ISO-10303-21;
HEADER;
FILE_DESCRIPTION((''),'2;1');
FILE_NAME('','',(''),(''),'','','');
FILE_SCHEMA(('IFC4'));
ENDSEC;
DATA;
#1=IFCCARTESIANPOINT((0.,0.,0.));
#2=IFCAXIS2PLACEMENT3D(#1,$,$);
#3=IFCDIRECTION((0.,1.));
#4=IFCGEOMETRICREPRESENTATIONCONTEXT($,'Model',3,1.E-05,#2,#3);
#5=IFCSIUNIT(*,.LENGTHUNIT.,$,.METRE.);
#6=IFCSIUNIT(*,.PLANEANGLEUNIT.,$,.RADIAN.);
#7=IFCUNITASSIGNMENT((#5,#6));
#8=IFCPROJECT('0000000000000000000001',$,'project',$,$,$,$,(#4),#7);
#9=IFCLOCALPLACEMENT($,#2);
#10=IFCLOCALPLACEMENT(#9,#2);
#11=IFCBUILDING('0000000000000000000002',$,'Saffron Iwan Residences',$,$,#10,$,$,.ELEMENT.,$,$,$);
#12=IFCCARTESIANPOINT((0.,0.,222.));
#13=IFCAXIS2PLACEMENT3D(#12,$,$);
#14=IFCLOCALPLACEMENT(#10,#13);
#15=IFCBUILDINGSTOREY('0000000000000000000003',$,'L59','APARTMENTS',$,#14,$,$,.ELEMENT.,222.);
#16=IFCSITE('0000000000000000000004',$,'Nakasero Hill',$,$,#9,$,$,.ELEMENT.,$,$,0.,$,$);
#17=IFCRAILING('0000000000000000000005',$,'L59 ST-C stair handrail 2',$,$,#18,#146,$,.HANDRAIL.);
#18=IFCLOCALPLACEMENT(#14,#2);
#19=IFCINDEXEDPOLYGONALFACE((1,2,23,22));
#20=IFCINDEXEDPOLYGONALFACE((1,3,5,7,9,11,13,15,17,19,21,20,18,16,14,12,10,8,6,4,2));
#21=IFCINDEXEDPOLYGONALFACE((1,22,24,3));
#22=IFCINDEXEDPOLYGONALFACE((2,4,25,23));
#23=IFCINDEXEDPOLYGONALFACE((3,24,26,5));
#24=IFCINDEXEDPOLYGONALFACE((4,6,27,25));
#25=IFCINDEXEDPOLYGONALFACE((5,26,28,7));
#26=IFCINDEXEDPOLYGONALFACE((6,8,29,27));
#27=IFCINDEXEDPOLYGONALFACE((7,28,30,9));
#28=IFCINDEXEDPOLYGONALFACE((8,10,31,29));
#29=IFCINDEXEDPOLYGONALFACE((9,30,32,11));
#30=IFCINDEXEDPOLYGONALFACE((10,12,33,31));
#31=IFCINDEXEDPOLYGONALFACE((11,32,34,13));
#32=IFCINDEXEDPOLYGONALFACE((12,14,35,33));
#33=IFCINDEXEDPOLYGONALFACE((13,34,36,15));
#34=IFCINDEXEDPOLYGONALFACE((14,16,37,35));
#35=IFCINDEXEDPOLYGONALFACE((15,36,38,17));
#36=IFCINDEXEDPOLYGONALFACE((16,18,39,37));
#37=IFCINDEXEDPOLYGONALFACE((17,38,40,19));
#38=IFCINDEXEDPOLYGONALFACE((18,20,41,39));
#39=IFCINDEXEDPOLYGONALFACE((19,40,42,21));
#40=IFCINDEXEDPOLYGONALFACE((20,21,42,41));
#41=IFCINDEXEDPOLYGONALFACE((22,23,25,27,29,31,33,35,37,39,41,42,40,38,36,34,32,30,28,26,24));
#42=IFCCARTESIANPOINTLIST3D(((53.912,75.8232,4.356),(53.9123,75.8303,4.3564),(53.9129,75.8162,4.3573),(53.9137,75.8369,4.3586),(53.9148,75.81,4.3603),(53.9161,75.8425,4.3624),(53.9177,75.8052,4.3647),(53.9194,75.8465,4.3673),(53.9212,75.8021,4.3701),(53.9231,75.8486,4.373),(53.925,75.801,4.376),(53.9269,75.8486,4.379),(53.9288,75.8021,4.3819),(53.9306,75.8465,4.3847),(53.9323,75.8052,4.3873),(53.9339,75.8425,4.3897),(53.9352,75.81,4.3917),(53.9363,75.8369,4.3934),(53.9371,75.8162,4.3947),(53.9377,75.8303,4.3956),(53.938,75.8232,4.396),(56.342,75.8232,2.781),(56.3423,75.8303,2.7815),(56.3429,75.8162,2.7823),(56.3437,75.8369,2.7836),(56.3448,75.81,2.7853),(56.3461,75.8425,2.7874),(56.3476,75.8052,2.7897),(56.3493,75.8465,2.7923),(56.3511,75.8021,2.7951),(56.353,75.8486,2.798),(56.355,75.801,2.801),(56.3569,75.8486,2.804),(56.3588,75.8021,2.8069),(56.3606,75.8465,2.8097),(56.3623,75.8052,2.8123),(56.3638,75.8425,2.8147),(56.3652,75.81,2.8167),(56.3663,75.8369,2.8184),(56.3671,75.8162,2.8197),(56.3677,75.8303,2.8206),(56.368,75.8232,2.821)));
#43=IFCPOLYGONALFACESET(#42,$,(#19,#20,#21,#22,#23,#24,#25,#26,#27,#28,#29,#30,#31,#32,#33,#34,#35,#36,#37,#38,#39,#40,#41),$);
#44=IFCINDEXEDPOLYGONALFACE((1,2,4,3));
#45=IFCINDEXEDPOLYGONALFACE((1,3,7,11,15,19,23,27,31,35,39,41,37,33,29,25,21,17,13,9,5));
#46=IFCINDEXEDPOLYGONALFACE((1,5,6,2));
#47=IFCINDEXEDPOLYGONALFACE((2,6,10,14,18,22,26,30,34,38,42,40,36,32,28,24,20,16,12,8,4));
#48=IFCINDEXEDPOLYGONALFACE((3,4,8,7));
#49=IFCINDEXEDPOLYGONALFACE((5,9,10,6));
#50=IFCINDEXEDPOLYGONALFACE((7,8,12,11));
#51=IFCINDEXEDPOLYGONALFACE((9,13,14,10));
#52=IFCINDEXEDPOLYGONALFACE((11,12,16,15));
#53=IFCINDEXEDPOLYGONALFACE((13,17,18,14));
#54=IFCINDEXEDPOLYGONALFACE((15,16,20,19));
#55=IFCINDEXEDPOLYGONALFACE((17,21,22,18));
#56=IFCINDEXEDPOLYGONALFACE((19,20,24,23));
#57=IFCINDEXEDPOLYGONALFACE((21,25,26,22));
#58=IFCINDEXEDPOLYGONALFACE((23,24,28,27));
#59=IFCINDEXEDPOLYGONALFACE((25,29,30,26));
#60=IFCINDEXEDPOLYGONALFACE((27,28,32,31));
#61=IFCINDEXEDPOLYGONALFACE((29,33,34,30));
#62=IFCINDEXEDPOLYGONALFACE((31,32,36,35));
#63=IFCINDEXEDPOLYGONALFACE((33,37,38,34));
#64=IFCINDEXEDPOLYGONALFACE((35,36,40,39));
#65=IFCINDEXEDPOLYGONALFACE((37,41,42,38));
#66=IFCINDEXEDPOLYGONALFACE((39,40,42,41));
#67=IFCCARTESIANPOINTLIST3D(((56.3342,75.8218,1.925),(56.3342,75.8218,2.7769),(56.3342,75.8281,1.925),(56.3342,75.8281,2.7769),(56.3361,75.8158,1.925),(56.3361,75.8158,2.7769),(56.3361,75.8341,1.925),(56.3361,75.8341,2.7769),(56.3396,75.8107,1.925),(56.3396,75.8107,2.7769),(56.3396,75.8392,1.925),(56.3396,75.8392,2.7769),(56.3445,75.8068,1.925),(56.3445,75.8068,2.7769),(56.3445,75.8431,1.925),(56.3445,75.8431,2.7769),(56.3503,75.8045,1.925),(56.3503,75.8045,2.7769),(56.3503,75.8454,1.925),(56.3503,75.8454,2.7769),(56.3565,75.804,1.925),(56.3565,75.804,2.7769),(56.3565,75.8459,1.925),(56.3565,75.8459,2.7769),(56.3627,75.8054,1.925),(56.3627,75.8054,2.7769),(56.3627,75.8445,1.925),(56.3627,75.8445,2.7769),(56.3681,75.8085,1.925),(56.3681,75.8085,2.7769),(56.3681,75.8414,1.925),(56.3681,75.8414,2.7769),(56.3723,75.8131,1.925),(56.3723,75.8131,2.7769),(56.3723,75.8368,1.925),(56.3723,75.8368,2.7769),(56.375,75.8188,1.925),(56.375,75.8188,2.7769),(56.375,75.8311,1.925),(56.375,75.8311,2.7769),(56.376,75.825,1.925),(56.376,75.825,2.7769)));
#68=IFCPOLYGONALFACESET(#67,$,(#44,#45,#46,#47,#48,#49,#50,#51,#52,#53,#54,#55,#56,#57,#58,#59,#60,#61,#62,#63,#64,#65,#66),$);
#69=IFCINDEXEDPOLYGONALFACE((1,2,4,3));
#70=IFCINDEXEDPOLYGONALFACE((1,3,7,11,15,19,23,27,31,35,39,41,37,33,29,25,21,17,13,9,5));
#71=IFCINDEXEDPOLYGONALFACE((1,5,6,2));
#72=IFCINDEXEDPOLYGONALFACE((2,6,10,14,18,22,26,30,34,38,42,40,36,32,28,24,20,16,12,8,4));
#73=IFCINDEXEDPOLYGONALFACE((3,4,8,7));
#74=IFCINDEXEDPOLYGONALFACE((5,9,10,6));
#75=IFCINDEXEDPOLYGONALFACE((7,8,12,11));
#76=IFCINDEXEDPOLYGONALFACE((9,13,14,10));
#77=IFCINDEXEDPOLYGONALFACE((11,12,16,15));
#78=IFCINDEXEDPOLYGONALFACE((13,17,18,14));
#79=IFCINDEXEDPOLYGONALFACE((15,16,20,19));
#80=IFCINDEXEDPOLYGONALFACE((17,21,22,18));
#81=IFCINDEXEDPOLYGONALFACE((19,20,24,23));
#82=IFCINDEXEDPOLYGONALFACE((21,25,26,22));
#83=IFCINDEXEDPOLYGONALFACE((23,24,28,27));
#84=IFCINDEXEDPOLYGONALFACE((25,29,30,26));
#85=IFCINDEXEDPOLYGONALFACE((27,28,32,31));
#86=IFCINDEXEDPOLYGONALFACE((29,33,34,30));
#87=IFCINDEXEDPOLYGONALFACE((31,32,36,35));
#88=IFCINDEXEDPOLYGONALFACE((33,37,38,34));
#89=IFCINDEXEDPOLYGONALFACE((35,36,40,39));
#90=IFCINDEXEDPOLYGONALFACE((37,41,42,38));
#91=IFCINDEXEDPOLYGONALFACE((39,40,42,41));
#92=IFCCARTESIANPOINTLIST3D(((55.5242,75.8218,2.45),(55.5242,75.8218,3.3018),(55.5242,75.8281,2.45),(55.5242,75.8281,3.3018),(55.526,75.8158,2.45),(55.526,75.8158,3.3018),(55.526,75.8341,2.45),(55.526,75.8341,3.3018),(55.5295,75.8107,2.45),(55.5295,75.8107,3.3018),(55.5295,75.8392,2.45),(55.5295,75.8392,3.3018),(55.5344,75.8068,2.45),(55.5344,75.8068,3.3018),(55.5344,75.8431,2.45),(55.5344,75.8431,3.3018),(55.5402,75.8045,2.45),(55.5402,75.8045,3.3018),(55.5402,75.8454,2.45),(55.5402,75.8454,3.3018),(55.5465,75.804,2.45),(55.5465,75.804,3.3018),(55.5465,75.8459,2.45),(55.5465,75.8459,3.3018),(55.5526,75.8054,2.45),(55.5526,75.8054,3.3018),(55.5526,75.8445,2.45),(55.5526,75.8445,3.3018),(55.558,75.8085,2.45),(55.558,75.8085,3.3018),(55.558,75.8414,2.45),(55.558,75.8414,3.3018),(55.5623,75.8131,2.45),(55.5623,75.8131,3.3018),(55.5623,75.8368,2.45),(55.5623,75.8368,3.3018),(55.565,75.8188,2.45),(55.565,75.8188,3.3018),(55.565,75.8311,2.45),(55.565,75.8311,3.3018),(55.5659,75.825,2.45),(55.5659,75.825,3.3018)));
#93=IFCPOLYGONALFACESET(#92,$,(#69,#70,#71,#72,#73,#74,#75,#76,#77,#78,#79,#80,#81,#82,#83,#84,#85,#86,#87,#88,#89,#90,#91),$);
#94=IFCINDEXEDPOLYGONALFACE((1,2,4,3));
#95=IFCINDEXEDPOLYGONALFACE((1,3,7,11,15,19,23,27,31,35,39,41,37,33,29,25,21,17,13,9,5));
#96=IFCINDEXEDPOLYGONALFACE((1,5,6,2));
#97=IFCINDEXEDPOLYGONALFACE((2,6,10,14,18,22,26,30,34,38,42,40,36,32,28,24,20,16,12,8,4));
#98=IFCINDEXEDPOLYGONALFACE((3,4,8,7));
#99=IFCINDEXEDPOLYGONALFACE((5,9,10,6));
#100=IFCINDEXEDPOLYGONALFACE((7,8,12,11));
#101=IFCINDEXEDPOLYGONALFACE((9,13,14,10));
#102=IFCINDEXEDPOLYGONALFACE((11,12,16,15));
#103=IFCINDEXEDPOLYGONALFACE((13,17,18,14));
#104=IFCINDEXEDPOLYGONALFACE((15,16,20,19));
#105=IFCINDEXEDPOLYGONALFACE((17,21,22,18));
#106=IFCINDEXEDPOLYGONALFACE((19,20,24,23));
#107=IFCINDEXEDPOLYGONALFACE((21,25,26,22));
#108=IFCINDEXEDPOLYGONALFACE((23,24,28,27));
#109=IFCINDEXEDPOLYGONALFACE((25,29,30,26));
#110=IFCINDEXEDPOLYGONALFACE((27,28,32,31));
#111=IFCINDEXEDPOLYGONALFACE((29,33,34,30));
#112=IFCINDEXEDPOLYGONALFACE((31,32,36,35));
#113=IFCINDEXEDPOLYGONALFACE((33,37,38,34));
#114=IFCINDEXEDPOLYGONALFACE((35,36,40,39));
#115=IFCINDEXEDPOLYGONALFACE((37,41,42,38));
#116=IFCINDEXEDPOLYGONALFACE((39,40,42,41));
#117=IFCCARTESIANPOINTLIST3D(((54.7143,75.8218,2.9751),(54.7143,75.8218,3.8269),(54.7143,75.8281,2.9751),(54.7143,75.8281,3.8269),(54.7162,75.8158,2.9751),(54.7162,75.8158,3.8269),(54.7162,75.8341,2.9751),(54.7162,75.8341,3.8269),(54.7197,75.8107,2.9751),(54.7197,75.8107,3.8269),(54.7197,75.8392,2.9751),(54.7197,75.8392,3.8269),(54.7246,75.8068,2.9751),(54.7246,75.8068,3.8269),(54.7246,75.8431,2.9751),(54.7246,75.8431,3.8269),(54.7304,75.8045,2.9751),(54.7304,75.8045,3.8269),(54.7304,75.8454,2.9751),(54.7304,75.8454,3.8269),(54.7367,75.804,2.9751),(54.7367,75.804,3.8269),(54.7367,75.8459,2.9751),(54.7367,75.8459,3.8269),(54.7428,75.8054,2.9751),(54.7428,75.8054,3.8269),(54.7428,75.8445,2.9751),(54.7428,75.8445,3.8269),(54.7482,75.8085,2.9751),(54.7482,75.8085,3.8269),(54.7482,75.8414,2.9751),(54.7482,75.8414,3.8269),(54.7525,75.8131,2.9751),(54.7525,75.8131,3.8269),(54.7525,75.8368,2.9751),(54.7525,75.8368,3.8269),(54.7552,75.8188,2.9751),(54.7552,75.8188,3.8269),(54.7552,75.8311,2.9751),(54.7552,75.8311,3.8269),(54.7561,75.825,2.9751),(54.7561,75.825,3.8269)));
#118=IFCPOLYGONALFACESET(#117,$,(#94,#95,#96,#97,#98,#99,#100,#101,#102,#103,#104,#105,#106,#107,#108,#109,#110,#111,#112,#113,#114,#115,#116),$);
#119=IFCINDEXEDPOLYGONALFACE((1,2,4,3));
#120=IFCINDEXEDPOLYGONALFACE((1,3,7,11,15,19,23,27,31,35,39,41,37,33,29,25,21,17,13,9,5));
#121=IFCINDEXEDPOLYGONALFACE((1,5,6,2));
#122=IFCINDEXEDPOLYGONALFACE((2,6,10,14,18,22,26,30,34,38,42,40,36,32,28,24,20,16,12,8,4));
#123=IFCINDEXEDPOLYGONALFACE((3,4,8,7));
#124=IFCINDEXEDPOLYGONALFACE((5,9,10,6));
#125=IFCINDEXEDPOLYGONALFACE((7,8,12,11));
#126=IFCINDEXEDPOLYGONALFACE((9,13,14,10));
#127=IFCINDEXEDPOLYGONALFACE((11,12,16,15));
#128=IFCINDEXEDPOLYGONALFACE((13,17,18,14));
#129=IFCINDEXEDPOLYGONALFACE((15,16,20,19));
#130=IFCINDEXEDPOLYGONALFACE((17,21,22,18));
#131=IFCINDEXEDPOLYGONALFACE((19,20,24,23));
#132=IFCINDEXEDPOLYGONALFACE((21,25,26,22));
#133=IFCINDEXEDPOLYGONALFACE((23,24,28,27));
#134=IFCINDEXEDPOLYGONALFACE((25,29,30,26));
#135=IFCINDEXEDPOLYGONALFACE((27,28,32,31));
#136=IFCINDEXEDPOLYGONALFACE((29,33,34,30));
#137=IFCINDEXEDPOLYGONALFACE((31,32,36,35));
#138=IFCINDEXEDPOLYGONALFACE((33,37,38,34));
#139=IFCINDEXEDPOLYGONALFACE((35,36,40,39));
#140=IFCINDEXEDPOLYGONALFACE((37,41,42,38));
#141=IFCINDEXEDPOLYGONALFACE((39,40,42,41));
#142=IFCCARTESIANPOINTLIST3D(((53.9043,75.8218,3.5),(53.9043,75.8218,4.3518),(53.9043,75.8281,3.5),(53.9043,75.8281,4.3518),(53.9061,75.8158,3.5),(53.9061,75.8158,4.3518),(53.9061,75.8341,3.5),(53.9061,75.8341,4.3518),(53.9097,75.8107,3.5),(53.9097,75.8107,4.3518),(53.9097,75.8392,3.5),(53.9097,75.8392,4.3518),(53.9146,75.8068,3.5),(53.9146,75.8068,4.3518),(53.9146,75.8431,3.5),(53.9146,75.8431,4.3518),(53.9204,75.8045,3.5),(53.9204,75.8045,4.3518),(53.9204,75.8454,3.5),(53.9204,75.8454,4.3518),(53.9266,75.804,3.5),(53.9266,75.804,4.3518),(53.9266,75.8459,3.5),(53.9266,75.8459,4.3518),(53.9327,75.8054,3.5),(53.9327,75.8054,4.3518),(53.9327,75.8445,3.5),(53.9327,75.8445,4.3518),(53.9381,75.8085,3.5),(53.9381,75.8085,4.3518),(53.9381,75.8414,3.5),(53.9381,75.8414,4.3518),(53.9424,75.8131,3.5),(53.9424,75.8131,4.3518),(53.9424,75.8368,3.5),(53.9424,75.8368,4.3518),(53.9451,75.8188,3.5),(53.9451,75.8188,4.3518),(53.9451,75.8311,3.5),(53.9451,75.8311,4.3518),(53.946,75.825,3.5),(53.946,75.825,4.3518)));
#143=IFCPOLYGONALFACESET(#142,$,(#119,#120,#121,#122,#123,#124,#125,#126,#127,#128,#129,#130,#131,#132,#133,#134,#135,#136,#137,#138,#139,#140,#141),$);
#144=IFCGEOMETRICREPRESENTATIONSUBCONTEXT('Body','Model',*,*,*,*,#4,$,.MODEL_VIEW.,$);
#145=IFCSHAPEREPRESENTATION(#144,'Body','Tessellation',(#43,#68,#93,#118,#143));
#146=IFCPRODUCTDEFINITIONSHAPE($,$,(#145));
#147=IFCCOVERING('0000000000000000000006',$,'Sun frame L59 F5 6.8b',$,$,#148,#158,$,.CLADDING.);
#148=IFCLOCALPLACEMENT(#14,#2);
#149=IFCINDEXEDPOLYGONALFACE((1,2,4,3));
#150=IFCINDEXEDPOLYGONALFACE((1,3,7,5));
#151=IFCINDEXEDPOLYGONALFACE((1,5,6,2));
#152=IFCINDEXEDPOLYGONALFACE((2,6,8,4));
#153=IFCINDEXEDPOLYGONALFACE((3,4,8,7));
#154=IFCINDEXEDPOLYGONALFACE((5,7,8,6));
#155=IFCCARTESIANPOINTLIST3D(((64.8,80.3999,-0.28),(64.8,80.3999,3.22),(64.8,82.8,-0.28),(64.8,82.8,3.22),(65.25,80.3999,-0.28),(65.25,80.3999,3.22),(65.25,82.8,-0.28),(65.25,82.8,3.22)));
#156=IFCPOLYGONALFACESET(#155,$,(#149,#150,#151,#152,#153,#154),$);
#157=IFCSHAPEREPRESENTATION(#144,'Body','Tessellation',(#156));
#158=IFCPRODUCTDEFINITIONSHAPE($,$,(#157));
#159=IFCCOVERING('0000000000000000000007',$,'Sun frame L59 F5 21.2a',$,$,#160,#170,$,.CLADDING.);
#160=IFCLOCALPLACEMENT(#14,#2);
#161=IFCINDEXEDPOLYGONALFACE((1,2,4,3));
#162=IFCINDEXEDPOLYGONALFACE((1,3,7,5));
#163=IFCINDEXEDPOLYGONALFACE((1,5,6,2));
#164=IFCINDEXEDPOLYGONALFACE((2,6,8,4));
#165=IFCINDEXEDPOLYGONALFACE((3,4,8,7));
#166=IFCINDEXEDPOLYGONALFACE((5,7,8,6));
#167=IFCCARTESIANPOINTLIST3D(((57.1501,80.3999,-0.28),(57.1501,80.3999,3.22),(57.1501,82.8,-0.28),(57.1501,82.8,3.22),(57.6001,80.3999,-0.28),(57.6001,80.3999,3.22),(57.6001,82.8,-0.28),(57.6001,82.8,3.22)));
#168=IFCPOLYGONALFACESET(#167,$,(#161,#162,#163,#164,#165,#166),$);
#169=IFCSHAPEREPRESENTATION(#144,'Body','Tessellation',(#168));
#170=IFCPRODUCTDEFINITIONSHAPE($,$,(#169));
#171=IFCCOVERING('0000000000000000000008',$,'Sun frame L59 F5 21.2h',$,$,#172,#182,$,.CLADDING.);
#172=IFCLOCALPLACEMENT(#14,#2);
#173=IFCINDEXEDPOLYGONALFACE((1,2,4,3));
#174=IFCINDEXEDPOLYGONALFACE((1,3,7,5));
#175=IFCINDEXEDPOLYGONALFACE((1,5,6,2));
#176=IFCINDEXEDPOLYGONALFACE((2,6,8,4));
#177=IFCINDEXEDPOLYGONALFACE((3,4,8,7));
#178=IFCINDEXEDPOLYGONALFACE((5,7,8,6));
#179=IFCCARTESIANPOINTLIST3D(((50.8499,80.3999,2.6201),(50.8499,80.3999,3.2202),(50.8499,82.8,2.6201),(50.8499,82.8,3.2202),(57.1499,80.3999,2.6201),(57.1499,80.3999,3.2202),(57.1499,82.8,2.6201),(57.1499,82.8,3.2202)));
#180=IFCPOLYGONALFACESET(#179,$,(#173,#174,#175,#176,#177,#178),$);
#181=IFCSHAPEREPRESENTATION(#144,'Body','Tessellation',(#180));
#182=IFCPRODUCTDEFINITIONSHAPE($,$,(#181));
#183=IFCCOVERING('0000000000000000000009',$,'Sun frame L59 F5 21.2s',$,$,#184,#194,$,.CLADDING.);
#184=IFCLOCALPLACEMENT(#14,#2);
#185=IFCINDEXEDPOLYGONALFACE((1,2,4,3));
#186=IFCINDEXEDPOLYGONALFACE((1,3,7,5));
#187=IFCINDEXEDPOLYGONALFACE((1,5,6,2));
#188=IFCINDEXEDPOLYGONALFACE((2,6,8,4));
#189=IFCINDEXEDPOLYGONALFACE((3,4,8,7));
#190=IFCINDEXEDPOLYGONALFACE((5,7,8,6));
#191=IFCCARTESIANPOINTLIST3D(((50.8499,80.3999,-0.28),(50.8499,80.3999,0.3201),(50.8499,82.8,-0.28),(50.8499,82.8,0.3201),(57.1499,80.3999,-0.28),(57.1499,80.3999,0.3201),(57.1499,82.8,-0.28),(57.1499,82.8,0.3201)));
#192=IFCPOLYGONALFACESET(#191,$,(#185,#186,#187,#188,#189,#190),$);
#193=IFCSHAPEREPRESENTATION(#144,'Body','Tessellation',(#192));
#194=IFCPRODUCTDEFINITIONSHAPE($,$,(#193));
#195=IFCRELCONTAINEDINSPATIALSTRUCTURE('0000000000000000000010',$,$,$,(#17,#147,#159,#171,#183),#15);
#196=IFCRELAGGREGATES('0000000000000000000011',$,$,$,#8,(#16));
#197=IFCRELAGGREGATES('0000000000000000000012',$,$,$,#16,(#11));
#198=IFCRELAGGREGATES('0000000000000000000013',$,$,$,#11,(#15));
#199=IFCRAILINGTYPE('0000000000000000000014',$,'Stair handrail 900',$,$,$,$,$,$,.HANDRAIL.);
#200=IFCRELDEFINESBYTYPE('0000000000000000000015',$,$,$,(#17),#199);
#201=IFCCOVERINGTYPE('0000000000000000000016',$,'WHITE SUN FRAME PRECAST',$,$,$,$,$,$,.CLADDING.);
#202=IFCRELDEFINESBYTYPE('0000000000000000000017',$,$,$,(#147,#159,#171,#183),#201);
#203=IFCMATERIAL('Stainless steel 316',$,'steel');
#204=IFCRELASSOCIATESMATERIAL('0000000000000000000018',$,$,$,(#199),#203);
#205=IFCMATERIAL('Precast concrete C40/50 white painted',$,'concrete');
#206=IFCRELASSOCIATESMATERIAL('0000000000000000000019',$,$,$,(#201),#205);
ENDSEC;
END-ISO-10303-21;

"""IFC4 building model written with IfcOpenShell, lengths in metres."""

from ifc_helpers import new_model, si_unit, direction, frame, origin, origin_2d, place, context, subcontext, project, spatial, polyline, circle, outline, extrude, material, type_object, element, save


model = new_model("IFC4")

# Units and contexts
model_context = context("Model", 3, precision=1e-05, world=origin(), true_north=direction((0.0, 1.0)))
body_context = subcontext(model_context, "Body", "Model", "MODEL_VIEW")
ifc_project = project(units=[si_unit("LENGTHUNIT", "METRE"), si_unit("PLANEANGLEUNIT", "RADIAN")], contexts=[model_context])

# Site, building, storey
site_placement = place(None, origin())
site = spatial("IfcSite", under=ifc_project, at=site_placement, Name="Nakasero Hill", CompositionType="ELEMENT", RefElevation=0.0)
building_placement = place(site_placement, origin())
building = spatial("IfcBuilding", under=site, at=building_placement, Name="Saffron Iwan Residences", CompositionType="ELEMENT")
storey_placement = place(building_placement, frame((0.0, 0.0, 222.0)))
storey = spatial("IfcBuildingStorey", under=building, at=storey_placement, Name="L59", Description="APARTMENTS", CompositionType="ELEMENT", Elevation=222.0)

# Railing
ifc_material_1 = material(Name="Stainless steel 316", Category="steel")
railing_type = type_object("IfcRailingType", Name="Stair handrail 900", PredefinedType="HANDRAIL", material=ifc_material_1)
railing_placement = place(storey_placement, frame((56.355, 75.825, 1.925)))
element("IfcRailing", 1, at=railing_placement, inside=storey, type_object=railing_type, Name="L59 ST-C stair handrail 2", PredefinedType="HANDRAIL", context=body_context, shape_type="SweptSolid", body=[
    extrude(circle(Radius=0.0239, at=origin_2d()), frame((0.0, 0.0, 0.876), z_axis=(-0.839154, 0.0, 0.543894), x_axis=(0.0, -1.0, 0.0)), (0.0, 0.0, 1.0), 2.8958),
    extrude(circle(Radius=0.021, at=origin_2d()), origin(), (0.0, 0.0, 1.0), 0.8518),
    extrude(circle(Radius=0.021, at=origin_2d()), frame((-0.8101, 0.0, 0.5249)), (0.0, 0.0, 1.0), 0.8518),
    extrude(circle(Radius=0.021, at=origin_2d()), frame((-1.6199, 0.0, 1.05)), (0.0, 0.0, 1.0), 0.8518),
    extrude(circle(Radius=0.021, at=origin_2d()), frame((-2.4299, 0.0, 1.575)), (0.0, 0.0, 1.0), 0.8518),
])

# Coverings
ifc_material_2 = material(Name="Precast concrete C40/50 white painted", Category="concrete")
covering_type_1 = type_object("IfcCoveringType", Name="WHITE SUN FRAME PRECAST", PredefinedType="CLADDING", material=ifc_material_2)
for number, where, z_axis, x_axis, name in (
    (2, (65.25, 80.3999, -0.28), (0.0, 1.0, 0.0), (-1.0, 0.0, 0.0), "Sun frame L59 F5 6.8b"),
    (3, (57.6001, 80.3999, -0.28), (0.0, 1.0, 0.0), (-1.0, 0.0, 0.0), "Sun frame L59 F5 21.2a"),
):
    element("IfcCovering", number, at=place(storey_placement, frame(where, z_axis=z_axis, x_axis=x_axis)), inside=storey, type_object=covering_type_1, Name=name, PredefinedType="CLADDING", context=body_context, shape_type="SweptSolid", body=[
        extrude(outline(polyline([(0.0, 0.0), (0.45, 0.0), (0.45, 3.5), (0.0, 3.5), (0.0, 0.0)])), origin(), (0.0, 0.0, 1.0), 2.4001),
    ])
for number, where, z_axis, x_axis, name in (
    (4, (57.1499, 80.3999, 2.6201), (0.0, 1.0, 0.0), (-1.0, 0.0, 0.0), "Sun frame L59 F5 21.2h"),
    (5, (57.1499, 80.3999, -0.28), (0.0, 1.0, 0.0), (-1.0, 0.0, 0.0), "Sun frame L59 F5 21.2s"),
):
    element("IfcCovering", number, at=place(storey_placement, frame(where, z_axis=z_axis, x_axis=x_axis)), inside=storey, type_object=covering_type_1, Name=name, PredefinedType="CLADDING", context=body_context, shape_type="SweptSolid", body=[
        extrude(outline(polyline([(0.0, 0.0), (6.3, 0.0), (6.3, 0.6001), (0.0, 0.6001), (0.0, 0.0)])), origin(), (0.0, 0.0, 1.0), 2.4001),
    ])

save(model, "model.ifc")
